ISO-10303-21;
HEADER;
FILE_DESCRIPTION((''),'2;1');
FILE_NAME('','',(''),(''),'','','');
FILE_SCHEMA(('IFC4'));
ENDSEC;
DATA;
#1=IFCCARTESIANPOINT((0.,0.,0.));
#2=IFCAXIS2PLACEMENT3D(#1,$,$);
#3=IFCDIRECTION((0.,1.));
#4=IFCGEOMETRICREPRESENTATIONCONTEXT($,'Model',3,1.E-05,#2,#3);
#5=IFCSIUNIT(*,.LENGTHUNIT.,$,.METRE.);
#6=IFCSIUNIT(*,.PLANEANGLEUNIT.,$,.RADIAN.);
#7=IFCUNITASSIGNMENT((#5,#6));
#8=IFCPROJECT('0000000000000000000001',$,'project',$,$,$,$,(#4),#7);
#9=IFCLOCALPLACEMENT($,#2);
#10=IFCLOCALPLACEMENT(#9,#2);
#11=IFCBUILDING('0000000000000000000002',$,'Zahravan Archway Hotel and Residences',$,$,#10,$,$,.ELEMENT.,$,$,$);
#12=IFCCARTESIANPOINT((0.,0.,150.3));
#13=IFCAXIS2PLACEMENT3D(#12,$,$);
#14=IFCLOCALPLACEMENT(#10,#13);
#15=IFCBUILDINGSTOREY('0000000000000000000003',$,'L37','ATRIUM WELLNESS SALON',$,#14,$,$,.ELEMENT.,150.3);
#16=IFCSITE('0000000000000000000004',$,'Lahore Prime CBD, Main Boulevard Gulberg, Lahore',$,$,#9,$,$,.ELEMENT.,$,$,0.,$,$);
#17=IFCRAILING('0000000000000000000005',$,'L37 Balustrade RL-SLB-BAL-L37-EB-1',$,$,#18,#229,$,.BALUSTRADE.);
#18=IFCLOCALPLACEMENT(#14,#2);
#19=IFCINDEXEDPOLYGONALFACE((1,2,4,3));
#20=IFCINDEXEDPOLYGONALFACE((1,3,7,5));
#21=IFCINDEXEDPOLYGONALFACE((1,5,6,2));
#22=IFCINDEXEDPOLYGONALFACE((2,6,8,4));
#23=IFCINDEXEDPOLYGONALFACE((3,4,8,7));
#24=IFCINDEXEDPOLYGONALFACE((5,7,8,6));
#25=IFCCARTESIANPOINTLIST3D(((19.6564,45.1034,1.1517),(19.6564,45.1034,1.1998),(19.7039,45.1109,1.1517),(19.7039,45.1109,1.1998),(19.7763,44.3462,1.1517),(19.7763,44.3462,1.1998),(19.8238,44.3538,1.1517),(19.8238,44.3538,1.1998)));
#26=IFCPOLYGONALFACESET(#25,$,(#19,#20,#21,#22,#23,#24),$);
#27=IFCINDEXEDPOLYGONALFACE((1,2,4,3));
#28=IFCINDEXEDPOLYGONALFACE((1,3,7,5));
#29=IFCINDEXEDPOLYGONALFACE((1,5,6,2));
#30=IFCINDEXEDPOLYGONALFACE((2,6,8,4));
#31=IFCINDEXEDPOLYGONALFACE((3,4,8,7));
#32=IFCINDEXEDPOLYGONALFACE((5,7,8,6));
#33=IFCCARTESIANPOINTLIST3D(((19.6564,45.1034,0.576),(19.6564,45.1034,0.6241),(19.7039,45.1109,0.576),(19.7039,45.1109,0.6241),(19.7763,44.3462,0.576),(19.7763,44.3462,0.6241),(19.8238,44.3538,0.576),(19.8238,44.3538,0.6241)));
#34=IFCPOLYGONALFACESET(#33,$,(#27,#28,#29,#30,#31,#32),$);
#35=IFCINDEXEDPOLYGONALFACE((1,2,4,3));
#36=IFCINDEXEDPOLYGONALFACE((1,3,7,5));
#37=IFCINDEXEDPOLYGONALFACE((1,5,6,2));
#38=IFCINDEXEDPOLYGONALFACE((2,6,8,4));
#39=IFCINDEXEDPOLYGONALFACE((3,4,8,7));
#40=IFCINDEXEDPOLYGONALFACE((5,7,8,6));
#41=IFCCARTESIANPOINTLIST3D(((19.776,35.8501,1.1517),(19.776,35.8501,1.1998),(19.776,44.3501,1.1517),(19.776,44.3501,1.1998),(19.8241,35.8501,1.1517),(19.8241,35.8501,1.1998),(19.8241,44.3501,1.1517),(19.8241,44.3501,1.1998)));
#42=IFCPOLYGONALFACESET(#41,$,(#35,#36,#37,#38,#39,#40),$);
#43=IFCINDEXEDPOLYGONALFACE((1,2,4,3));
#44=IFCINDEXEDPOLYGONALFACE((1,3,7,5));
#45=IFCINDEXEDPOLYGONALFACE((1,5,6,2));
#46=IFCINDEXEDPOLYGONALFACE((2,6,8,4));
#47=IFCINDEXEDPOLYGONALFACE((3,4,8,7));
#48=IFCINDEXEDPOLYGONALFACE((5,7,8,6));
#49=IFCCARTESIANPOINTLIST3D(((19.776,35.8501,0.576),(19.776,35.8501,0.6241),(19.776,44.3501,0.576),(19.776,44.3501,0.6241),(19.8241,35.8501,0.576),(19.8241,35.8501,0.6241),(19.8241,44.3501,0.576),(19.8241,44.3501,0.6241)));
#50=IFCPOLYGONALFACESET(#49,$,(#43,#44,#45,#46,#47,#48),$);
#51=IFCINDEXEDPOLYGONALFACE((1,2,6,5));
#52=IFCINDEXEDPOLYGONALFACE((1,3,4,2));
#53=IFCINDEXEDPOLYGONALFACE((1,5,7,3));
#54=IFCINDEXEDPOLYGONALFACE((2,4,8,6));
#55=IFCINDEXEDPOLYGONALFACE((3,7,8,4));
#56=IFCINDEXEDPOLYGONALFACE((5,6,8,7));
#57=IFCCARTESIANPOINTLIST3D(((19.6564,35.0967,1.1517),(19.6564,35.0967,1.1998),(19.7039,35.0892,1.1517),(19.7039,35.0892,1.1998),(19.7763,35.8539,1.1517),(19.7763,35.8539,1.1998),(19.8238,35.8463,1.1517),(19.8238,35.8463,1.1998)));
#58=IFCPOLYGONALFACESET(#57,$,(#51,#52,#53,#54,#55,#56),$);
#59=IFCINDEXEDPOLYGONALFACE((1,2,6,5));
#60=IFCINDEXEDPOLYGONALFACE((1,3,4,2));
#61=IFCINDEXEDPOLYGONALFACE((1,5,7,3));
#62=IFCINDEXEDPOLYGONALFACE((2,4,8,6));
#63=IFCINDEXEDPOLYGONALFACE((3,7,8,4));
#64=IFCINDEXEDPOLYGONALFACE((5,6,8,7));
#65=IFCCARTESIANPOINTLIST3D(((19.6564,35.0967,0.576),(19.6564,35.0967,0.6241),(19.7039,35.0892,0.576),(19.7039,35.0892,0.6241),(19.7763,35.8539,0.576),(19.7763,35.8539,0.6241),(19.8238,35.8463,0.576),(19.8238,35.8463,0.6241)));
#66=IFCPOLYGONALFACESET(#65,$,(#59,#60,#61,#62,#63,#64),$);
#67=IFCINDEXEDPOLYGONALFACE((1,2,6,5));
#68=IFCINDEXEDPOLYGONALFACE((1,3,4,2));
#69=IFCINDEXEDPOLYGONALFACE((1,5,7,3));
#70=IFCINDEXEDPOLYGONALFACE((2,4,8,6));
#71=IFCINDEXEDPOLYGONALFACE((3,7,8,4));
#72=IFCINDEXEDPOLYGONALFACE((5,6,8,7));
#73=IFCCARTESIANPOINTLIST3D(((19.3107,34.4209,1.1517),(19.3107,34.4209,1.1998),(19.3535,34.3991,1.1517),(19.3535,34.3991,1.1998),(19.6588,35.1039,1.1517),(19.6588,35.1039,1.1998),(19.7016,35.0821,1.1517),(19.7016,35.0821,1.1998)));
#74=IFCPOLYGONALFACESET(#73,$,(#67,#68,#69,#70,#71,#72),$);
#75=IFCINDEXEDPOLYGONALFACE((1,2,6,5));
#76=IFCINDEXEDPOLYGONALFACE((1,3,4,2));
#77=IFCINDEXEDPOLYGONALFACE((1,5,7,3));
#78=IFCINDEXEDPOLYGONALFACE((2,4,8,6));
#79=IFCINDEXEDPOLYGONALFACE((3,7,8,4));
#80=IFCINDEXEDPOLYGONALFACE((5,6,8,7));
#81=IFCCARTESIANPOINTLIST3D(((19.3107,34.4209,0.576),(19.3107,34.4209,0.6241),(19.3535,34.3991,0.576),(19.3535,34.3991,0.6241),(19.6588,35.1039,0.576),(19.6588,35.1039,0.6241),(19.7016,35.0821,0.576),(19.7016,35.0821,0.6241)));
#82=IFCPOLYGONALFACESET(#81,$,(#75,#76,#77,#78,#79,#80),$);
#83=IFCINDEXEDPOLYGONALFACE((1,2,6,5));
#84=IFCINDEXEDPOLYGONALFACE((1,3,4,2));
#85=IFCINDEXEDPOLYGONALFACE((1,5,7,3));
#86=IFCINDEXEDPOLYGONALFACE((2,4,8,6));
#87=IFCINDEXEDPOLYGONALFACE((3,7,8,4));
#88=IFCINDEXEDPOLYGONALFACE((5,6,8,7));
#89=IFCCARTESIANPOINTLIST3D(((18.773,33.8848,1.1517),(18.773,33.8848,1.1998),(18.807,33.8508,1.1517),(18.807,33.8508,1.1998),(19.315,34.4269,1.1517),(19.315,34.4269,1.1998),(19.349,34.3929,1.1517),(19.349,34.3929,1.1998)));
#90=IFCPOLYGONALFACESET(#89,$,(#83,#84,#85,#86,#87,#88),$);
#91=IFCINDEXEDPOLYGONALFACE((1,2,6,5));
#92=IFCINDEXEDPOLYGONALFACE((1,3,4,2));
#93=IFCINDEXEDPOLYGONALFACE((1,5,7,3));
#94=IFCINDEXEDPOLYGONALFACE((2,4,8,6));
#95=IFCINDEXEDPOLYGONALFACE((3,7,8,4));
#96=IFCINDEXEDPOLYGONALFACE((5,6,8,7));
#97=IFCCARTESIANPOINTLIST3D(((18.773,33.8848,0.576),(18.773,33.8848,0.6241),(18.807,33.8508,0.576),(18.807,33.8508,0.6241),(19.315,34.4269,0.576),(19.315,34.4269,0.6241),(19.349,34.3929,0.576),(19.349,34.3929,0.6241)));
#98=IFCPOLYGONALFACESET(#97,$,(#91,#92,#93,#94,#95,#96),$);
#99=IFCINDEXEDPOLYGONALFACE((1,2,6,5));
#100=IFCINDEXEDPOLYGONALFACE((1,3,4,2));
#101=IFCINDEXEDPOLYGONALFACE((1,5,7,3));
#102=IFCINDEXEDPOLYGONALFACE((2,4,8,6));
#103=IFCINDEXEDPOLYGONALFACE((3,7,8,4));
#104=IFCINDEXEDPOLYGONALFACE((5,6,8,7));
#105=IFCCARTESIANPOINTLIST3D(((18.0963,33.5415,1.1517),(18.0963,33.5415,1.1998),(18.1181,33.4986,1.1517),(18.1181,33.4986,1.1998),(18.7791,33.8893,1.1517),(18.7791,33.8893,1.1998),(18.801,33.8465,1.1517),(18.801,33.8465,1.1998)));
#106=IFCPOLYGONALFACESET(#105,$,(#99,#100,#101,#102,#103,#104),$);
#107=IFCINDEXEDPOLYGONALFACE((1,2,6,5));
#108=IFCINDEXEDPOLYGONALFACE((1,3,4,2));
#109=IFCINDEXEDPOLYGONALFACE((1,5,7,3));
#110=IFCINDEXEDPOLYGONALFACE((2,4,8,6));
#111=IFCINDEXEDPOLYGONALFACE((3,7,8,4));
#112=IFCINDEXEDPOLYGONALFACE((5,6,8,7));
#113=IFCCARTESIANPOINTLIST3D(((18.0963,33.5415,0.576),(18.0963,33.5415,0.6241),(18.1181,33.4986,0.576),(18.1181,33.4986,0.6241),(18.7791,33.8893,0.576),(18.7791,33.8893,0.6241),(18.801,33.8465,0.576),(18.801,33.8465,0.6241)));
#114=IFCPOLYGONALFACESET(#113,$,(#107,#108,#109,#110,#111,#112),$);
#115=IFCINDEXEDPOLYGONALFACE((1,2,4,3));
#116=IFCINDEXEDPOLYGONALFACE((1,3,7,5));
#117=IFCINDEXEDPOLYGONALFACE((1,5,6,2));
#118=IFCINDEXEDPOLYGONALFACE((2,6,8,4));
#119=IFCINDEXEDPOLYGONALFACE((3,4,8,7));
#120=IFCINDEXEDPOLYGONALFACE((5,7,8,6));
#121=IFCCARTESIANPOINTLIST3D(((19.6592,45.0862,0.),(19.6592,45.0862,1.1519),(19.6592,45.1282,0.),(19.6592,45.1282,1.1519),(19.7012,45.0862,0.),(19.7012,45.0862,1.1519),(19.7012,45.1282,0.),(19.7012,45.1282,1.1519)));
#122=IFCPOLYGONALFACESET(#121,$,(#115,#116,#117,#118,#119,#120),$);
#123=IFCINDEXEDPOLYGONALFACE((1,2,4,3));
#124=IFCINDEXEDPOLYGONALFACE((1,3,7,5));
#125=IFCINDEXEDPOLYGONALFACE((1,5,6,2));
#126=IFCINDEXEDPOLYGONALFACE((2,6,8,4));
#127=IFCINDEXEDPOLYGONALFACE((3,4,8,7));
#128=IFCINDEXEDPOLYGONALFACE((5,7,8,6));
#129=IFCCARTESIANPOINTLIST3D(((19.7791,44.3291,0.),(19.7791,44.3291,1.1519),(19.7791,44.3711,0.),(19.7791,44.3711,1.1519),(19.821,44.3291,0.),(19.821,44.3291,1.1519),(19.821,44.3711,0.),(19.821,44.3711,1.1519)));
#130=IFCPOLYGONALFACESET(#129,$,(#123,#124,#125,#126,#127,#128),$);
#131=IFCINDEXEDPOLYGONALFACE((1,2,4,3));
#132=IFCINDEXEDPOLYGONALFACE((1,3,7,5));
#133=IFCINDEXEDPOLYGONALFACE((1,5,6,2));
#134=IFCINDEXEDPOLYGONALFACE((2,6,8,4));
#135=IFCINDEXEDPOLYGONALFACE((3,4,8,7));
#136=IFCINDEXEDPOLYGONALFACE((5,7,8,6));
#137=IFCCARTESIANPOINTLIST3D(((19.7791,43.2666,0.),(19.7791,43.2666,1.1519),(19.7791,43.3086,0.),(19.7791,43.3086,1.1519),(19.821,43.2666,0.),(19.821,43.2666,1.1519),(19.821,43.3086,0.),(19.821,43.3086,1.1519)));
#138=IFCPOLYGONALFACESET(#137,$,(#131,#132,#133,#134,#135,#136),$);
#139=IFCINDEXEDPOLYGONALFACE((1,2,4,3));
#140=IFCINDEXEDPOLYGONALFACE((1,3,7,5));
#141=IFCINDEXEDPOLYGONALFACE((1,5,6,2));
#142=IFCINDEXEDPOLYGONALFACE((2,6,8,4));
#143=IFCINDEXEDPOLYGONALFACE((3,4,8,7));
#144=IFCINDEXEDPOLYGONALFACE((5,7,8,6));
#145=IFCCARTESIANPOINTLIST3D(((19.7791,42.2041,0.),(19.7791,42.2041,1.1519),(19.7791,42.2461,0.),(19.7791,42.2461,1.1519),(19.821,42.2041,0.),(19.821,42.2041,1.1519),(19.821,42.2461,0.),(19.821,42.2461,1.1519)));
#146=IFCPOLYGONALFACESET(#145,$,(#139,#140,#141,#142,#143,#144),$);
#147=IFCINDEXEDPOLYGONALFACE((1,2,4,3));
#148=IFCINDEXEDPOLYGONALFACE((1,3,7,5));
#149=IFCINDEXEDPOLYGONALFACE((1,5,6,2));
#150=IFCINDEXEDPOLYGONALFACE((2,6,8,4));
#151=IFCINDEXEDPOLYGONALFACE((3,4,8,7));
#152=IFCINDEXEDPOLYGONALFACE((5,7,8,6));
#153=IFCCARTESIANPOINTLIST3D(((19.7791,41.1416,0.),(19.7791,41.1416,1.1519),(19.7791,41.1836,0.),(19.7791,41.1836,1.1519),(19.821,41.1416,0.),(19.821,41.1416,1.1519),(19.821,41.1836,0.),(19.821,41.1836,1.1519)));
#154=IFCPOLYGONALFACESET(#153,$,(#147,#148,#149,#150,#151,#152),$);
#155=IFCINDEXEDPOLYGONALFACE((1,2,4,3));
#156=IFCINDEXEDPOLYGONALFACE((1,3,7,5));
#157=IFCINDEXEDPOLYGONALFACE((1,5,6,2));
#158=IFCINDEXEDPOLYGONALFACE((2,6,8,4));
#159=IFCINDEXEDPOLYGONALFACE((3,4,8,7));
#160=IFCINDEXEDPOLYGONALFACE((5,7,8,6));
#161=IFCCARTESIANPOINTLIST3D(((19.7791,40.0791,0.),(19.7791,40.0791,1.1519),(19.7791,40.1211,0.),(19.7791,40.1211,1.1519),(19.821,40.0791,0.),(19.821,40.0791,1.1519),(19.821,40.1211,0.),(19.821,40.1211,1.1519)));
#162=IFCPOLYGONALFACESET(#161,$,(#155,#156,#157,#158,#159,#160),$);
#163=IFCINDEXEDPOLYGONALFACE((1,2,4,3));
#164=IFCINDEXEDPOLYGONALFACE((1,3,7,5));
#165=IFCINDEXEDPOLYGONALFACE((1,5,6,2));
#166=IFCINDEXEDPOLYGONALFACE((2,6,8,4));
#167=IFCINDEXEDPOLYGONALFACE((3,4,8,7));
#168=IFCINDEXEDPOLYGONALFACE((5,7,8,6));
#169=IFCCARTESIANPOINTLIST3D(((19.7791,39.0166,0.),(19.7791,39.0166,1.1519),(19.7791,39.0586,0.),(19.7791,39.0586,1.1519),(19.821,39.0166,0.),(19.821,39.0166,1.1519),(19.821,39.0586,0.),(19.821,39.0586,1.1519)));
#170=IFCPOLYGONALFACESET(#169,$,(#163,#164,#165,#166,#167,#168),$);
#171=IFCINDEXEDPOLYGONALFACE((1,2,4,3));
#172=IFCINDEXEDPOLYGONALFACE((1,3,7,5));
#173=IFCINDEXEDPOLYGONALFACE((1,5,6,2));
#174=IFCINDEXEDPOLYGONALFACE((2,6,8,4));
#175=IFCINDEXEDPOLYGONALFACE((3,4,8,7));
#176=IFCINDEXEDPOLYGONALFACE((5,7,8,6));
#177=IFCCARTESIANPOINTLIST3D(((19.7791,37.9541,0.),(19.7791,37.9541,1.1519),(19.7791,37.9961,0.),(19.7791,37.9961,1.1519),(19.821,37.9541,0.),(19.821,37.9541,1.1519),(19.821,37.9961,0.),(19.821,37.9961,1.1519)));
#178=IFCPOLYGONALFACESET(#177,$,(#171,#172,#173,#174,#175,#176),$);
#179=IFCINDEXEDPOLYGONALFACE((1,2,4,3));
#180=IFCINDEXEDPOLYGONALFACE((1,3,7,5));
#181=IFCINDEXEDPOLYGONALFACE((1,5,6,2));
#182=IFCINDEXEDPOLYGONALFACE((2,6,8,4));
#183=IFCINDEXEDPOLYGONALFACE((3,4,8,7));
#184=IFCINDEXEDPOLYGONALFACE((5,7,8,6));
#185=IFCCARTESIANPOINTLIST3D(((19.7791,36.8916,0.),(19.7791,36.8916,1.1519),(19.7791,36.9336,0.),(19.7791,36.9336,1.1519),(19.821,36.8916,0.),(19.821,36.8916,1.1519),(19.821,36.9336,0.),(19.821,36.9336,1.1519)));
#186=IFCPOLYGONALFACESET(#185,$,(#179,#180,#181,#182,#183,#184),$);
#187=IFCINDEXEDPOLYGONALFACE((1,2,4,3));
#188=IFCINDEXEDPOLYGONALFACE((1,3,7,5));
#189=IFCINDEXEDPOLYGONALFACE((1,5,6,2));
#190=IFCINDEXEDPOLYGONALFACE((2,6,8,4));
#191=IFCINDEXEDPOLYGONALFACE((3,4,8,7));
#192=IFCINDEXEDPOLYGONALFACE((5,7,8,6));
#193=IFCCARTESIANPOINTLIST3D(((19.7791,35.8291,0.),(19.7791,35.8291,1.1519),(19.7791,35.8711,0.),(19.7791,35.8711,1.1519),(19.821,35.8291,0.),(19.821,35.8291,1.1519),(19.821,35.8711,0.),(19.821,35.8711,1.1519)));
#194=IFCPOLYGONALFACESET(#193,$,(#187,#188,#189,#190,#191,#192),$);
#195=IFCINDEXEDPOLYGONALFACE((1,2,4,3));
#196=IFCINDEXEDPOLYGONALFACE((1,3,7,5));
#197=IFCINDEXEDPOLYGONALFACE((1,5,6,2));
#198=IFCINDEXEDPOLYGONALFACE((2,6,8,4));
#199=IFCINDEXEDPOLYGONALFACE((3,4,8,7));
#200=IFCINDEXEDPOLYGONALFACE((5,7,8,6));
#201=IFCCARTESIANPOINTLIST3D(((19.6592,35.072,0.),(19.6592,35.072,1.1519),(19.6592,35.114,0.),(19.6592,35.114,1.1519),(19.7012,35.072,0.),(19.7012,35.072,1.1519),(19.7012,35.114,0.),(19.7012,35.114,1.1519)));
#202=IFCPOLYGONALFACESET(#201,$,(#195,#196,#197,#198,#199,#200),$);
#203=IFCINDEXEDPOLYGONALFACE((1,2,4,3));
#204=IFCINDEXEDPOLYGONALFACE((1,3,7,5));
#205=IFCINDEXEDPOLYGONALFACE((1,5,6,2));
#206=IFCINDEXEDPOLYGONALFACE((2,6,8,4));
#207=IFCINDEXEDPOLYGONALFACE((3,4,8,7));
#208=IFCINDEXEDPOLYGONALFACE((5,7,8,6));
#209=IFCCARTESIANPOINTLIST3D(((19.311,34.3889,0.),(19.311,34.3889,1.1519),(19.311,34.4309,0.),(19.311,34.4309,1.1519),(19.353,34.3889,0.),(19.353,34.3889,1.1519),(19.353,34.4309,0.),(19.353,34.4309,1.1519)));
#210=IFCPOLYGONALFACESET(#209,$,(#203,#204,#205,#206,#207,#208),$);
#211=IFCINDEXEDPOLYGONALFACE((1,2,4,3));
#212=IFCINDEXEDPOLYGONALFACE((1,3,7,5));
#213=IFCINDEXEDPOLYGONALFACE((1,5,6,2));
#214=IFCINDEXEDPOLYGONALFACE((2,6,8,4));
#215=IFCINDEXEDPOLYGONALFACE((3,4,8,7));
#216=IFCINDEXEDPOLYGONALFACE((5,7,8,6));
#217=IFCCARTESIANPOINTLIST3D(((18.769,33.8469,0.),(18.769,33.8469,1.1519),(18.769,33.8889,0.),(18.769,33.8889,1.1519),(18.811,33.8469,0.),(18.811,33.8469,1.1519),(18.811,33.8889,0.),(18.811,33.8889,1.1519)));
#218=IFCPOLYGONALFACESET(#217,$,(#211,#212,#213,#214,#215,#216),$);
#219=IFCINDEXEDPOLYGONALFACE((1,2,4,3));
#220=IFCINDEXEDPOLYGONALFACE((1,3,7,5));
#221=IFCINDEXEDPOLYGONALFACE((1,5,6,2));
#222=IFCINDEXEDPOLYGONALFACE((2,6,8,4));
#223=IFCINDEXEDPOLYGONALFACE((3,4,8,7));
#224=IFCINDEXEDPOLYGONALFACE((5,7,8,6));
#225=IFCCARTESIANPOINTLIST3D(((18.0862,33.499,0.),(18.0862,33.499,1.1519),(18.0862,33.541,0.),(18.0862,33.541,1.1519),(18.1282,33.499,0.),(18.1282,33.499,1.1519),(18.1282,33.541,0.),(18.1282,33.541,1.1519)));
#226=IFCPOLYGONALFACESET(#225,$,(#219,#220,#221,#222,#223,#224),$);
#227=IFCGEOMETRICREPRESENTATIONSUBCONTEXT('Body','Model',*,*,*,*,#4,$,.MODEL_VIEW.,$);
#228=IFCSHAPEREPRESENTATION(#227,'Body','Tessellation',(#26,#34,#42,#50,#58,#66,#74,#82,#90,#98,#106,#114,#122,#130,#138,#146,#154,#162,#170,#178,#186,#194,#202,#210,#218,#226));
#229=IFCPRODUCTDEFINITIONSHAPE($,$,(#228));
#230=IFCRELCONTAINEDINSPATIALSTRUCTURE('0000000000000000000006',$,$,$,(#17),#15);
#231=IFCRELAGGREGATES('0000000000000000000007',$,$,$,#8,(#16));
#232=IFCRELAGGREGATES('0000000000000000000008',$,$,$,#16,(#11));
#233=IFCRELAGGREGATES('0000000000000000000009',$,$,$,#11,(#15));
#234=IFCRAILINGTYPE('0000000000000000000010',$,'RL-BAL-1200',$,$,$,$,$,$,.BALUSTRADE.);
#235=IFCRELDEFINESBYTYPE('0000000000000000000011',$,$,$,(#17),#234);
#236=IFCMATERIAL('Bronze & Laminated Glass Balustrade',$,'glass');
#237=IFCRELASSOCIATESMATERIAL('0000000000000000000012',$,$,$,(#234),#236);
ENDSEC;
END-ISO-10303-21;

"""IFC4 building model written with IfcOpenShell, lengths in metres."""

from ifc_helpers import new_model, si_unit, direction, frame, origin, origin_2d, place, context, subcontext, project, spatial, rectangle, extrude, material, type_object, element, save


model = new_model("IFC4")

# Units and contexts
model_context = context("Model", 3, precision=1e-05, world=origin(), true_north=direction((0.0, 1.0)))
body_context = subcontext(model_context, "Body", "Model", "MODEL_VIEW")
ifc_project = project(units=[si_unit("LENGTHUNIT", "METRE"), si_unit("PLANEANGLEUNIT", "RADIAN")], contexts=[model_context])

# Site, building, storey
site_placement = place(None, origin())
site = spatial("IfcSite", under=ifc_project, at=site_placement, Name="Lahore Prime CBD, Main Boulevard Gulberg, Lahore", CompositionType="ELEMENT", RefElevation=0.0)
building_placement = place(site_placement, origin())
building = spatial("IfcBuilding", under=site, at=building_placement, Name="Zahravan Archway Hotel and Residences", CompositionType="ELEMENT")
storey_placement = place(building_placement, frame((0.0, 0.0, 150.3)))
storey = spatial("IfcBuildingStorey", under=building, at=storey_placement, Name="L37", Description="ATRIUM WELLNESS SALON", CompositionType="ELEMENT", Elevation=150.3)

# Railing
ifc_material_1 = material(Name="Bronze & Laminated Glass Balustrade", Category="glass")
railing_type = type_object("IfcRailingType", Name="RL-BAL-1200", PredefinedType="BALUSTRADE", material=ifc_material_1)
railing_placement = place(storey_placement, frame((19.6802, 45.1072, 0.0)))
element("IfcRailing", 1, at=railing_placement, inside=storey, type_object=railing_type, Name="L37 Balustrade RL-SLB-BAL-L37-EB-1", PredefinedType="BALUSTRADE", context=body_context, shape_type="SweptSolid", body=[
    extrude(rectangle(XDim=0.0481, YDim=0.0481, at=origin_2d()), frame((0.0, 0.0, 1.1758), z_axis=(0.156388, -0.987696, 0.0), x_axis=(0.987696, 0.156388, 0.0)), (0.0, 0.0, 1.0), 0.7666),
    extrude(rectangle(XDim=0.0481, YDim=0.0481, at=origin_2d()), frame((0.0, 0.0, 0.6001), z_axis=(0.156388, -0.987696, 0.0), x_axis=(0.987696, 0.156388, 0.0)), (0.0, 0.0, 1.0), 0.7666),
    extrude(rectangle(XDim=0.0481, YDim=0.0481, at=origin_2d()), frame((0.1199, -0.7571, 1.1758), z_axis=(0.0, -1.0, 0.0), x_axis=(1.0, 0.0, 0.0)), (0.0, 0.0, 1.0), 8.5),
    extrude(rectangle(XDim=0.0481, YDim=0.0481, at=origin_2d()), frame((0.1199, -0.7571, 0.6001), z_axis=(0.0, -1.0, 0.0), x_axis=(1.0, 0.0, 0.0)), (0.0, 0.0, 1.0), 8.5),
    extrude(rectangle(XDim=0.0481, YDim=0.0481, at=origin_2d()), frame((0.1199, -9.2571, 1.1758), z_axis=(-0.156388, -0.987696, 0.0), x_axis=(0.987696, -0.156388, 0.0)), (0.0, 0.0, 1.0), 0.7666),
    extrude(rectangle(XDim=0.0481, YDim=0.0481, at=origin_2d()), frame((0.1199, -9.2571, 0.6001), z_axis=(-0.156388, -0.987696, 0.0), x_axis=(0.987696, -0.156388, 0.0)), (0.0, 0.0, 1.0), 0.7666),
    extrude(rectangle(XDim=0.0481, YDim=0.0481, at=origin_2d()), frame((0.0, -10.0142, 1.1758), z_axis=(-0.454078, -0.890962, 0.0), x_axis=(0.890962, -0.454078, 0.0)), (0.0, 0.0, 1.0), 0.7666),
    extrude(rectangle(XDim=0.0481, YDim=0.0481, at=origin_2d()), frame((0.0, -10.0142, 0.6001), z_axis=(-0.454078, -0.890962, 0.0), x_axis=(0.890962, -0.454078, 0.0)), (0.0, 0.0, 1.0), 0.7666),
    extrude(rectangle(XDim=0.0481, YDim=0.0481, at=origin_2d()), frame((-0.3481, -10.6973, 1.1758), z_axis=(-0.707107, -0.707107, 0.0), x_axis=(0.707107, -0.707107, 0.0)), (0.0, 0.0, 1.0), 0.7666),
    extrude(rectangle(XDim=0.0481, YDim=0.0481, at=origin_2d()), frame((-0.3481, -10.6973, 0.6001), z_axis=(-0.707107, -0.707107, 0.0), x_axis=(0.707107, -0.707107, 0.0)), (0.0, 0.0, 1.0), 0.7666),
    extrude(rectangle(XDim=0.0481, YDim=0.0481, at=origin_2d()), frame((-0.8901, -11.2393, 1.1758), z_axis=(-0.891025, -0.453954, 0.0), x_axis=(0.453954, -0.891025, 0.0)), (0.0, 0.0, 1.0), 0.7664),
    extrude(rectangle(XDim=0.0481, YDim=0.0481, at=origin_2d()), frame((-0.8901, -11.2393, 0.6001), z_axis=(-0.891025, -0.453954, 0.0), x_axis=(0.453954, -0.891025, 0.0)), (0.0, 0.0, 1.0), 0.7664),
    extrude(rectangle(XDim=0.042, YDim=0.042, at=origin_2d()), origin(), (0.0, 0.0, 1.0), 1.1519),
    extrude(rectangle(XDim=0.042, YDim=0.042, at=origin_2d()), frame((0.1199, -0.7571, 0.0)), (0.0, 0.0, 1.0), 1.1519),
    extrude(rectangle(XDim=0.042, YDim=0.042, at=origin_2d()), frame((0.1199, -1.8196, 0.0)), (0.0, 0.0, 1.0), 1.1519),
    extrude(rectangle(XDim=0.042, YDim=0.042, at=origin_2d()), frame((0.1199, -2.8821, 0.0)), (0.0, 0.0, 1.0), 1.1519),
    extrude(rectangle(XDim=0.042, YDim=0.042, at=origin_2d()), frame((0.1199, -3.9446, 0.0)), (0.0, 0.0, 1.0), 1.1519),
    extrude(rectangle(XDim=0.042, YDim=0.042, at=origin_2d()), frame((0.1199, -5.0071, 0.0)), (0.0, 0.0, 1.0), 1.1519),
    extrude(rectangle(XDim=0.042, YDim=0.042, at=origin_2d()), frame((0.1199, -6.0696, 0.0)), (0.0, 0.0, 1.0), 1.1519),
    extrude(rectangle(XDim=0.042, YDim=0.042, at=origin_2d()), frame((0.1199, -7.1321, 0.0)), (0.0, 0.0, 1.0), 1.1519),
    extrude(rectangle(XDim=0.042, YDim=0.042, at=origin_2d()), frame((0.1199, -8.1946, 0.0)), (0.0, 0.0, 1.0), 1.1519),
    extrude(rectangle(XDim=0.042, YDim=0.042, at=origin_2d()), frame((0.1199, -9.2571, 0.0)), (0.0, 0.0, 1.0), 1.1519),
    extrude(rectangle(XDim=0.042, YDim=0.042, at=origin_2d()), frame((0.0, -10.0142, 0.0)), (0.0, 0.0, 1.0), 1.1519),
    extrude(rectangle(XDim=0.042, YDim=0.042, at=origin_2d()), frame((-0.3481, -10.6973, 0.0)), (0.0, 0.0, 1.0), 1.1519),
    extrude(rectangle(XDim=0.042, YDim=0.042, at=origin_2d()), frame((-0.8901, -11.2393, 0.0)), (0.0, 0.0, 1.0), 1.1519),
    extrude(rectangle(XDim=0.042, YDim=0.042, at=origin_2d()), frame((-1.573, -11.5872, 0.0)), (0.0, 0.0, 1.0), 1.1519),
])

save(model, "model.ifc")
